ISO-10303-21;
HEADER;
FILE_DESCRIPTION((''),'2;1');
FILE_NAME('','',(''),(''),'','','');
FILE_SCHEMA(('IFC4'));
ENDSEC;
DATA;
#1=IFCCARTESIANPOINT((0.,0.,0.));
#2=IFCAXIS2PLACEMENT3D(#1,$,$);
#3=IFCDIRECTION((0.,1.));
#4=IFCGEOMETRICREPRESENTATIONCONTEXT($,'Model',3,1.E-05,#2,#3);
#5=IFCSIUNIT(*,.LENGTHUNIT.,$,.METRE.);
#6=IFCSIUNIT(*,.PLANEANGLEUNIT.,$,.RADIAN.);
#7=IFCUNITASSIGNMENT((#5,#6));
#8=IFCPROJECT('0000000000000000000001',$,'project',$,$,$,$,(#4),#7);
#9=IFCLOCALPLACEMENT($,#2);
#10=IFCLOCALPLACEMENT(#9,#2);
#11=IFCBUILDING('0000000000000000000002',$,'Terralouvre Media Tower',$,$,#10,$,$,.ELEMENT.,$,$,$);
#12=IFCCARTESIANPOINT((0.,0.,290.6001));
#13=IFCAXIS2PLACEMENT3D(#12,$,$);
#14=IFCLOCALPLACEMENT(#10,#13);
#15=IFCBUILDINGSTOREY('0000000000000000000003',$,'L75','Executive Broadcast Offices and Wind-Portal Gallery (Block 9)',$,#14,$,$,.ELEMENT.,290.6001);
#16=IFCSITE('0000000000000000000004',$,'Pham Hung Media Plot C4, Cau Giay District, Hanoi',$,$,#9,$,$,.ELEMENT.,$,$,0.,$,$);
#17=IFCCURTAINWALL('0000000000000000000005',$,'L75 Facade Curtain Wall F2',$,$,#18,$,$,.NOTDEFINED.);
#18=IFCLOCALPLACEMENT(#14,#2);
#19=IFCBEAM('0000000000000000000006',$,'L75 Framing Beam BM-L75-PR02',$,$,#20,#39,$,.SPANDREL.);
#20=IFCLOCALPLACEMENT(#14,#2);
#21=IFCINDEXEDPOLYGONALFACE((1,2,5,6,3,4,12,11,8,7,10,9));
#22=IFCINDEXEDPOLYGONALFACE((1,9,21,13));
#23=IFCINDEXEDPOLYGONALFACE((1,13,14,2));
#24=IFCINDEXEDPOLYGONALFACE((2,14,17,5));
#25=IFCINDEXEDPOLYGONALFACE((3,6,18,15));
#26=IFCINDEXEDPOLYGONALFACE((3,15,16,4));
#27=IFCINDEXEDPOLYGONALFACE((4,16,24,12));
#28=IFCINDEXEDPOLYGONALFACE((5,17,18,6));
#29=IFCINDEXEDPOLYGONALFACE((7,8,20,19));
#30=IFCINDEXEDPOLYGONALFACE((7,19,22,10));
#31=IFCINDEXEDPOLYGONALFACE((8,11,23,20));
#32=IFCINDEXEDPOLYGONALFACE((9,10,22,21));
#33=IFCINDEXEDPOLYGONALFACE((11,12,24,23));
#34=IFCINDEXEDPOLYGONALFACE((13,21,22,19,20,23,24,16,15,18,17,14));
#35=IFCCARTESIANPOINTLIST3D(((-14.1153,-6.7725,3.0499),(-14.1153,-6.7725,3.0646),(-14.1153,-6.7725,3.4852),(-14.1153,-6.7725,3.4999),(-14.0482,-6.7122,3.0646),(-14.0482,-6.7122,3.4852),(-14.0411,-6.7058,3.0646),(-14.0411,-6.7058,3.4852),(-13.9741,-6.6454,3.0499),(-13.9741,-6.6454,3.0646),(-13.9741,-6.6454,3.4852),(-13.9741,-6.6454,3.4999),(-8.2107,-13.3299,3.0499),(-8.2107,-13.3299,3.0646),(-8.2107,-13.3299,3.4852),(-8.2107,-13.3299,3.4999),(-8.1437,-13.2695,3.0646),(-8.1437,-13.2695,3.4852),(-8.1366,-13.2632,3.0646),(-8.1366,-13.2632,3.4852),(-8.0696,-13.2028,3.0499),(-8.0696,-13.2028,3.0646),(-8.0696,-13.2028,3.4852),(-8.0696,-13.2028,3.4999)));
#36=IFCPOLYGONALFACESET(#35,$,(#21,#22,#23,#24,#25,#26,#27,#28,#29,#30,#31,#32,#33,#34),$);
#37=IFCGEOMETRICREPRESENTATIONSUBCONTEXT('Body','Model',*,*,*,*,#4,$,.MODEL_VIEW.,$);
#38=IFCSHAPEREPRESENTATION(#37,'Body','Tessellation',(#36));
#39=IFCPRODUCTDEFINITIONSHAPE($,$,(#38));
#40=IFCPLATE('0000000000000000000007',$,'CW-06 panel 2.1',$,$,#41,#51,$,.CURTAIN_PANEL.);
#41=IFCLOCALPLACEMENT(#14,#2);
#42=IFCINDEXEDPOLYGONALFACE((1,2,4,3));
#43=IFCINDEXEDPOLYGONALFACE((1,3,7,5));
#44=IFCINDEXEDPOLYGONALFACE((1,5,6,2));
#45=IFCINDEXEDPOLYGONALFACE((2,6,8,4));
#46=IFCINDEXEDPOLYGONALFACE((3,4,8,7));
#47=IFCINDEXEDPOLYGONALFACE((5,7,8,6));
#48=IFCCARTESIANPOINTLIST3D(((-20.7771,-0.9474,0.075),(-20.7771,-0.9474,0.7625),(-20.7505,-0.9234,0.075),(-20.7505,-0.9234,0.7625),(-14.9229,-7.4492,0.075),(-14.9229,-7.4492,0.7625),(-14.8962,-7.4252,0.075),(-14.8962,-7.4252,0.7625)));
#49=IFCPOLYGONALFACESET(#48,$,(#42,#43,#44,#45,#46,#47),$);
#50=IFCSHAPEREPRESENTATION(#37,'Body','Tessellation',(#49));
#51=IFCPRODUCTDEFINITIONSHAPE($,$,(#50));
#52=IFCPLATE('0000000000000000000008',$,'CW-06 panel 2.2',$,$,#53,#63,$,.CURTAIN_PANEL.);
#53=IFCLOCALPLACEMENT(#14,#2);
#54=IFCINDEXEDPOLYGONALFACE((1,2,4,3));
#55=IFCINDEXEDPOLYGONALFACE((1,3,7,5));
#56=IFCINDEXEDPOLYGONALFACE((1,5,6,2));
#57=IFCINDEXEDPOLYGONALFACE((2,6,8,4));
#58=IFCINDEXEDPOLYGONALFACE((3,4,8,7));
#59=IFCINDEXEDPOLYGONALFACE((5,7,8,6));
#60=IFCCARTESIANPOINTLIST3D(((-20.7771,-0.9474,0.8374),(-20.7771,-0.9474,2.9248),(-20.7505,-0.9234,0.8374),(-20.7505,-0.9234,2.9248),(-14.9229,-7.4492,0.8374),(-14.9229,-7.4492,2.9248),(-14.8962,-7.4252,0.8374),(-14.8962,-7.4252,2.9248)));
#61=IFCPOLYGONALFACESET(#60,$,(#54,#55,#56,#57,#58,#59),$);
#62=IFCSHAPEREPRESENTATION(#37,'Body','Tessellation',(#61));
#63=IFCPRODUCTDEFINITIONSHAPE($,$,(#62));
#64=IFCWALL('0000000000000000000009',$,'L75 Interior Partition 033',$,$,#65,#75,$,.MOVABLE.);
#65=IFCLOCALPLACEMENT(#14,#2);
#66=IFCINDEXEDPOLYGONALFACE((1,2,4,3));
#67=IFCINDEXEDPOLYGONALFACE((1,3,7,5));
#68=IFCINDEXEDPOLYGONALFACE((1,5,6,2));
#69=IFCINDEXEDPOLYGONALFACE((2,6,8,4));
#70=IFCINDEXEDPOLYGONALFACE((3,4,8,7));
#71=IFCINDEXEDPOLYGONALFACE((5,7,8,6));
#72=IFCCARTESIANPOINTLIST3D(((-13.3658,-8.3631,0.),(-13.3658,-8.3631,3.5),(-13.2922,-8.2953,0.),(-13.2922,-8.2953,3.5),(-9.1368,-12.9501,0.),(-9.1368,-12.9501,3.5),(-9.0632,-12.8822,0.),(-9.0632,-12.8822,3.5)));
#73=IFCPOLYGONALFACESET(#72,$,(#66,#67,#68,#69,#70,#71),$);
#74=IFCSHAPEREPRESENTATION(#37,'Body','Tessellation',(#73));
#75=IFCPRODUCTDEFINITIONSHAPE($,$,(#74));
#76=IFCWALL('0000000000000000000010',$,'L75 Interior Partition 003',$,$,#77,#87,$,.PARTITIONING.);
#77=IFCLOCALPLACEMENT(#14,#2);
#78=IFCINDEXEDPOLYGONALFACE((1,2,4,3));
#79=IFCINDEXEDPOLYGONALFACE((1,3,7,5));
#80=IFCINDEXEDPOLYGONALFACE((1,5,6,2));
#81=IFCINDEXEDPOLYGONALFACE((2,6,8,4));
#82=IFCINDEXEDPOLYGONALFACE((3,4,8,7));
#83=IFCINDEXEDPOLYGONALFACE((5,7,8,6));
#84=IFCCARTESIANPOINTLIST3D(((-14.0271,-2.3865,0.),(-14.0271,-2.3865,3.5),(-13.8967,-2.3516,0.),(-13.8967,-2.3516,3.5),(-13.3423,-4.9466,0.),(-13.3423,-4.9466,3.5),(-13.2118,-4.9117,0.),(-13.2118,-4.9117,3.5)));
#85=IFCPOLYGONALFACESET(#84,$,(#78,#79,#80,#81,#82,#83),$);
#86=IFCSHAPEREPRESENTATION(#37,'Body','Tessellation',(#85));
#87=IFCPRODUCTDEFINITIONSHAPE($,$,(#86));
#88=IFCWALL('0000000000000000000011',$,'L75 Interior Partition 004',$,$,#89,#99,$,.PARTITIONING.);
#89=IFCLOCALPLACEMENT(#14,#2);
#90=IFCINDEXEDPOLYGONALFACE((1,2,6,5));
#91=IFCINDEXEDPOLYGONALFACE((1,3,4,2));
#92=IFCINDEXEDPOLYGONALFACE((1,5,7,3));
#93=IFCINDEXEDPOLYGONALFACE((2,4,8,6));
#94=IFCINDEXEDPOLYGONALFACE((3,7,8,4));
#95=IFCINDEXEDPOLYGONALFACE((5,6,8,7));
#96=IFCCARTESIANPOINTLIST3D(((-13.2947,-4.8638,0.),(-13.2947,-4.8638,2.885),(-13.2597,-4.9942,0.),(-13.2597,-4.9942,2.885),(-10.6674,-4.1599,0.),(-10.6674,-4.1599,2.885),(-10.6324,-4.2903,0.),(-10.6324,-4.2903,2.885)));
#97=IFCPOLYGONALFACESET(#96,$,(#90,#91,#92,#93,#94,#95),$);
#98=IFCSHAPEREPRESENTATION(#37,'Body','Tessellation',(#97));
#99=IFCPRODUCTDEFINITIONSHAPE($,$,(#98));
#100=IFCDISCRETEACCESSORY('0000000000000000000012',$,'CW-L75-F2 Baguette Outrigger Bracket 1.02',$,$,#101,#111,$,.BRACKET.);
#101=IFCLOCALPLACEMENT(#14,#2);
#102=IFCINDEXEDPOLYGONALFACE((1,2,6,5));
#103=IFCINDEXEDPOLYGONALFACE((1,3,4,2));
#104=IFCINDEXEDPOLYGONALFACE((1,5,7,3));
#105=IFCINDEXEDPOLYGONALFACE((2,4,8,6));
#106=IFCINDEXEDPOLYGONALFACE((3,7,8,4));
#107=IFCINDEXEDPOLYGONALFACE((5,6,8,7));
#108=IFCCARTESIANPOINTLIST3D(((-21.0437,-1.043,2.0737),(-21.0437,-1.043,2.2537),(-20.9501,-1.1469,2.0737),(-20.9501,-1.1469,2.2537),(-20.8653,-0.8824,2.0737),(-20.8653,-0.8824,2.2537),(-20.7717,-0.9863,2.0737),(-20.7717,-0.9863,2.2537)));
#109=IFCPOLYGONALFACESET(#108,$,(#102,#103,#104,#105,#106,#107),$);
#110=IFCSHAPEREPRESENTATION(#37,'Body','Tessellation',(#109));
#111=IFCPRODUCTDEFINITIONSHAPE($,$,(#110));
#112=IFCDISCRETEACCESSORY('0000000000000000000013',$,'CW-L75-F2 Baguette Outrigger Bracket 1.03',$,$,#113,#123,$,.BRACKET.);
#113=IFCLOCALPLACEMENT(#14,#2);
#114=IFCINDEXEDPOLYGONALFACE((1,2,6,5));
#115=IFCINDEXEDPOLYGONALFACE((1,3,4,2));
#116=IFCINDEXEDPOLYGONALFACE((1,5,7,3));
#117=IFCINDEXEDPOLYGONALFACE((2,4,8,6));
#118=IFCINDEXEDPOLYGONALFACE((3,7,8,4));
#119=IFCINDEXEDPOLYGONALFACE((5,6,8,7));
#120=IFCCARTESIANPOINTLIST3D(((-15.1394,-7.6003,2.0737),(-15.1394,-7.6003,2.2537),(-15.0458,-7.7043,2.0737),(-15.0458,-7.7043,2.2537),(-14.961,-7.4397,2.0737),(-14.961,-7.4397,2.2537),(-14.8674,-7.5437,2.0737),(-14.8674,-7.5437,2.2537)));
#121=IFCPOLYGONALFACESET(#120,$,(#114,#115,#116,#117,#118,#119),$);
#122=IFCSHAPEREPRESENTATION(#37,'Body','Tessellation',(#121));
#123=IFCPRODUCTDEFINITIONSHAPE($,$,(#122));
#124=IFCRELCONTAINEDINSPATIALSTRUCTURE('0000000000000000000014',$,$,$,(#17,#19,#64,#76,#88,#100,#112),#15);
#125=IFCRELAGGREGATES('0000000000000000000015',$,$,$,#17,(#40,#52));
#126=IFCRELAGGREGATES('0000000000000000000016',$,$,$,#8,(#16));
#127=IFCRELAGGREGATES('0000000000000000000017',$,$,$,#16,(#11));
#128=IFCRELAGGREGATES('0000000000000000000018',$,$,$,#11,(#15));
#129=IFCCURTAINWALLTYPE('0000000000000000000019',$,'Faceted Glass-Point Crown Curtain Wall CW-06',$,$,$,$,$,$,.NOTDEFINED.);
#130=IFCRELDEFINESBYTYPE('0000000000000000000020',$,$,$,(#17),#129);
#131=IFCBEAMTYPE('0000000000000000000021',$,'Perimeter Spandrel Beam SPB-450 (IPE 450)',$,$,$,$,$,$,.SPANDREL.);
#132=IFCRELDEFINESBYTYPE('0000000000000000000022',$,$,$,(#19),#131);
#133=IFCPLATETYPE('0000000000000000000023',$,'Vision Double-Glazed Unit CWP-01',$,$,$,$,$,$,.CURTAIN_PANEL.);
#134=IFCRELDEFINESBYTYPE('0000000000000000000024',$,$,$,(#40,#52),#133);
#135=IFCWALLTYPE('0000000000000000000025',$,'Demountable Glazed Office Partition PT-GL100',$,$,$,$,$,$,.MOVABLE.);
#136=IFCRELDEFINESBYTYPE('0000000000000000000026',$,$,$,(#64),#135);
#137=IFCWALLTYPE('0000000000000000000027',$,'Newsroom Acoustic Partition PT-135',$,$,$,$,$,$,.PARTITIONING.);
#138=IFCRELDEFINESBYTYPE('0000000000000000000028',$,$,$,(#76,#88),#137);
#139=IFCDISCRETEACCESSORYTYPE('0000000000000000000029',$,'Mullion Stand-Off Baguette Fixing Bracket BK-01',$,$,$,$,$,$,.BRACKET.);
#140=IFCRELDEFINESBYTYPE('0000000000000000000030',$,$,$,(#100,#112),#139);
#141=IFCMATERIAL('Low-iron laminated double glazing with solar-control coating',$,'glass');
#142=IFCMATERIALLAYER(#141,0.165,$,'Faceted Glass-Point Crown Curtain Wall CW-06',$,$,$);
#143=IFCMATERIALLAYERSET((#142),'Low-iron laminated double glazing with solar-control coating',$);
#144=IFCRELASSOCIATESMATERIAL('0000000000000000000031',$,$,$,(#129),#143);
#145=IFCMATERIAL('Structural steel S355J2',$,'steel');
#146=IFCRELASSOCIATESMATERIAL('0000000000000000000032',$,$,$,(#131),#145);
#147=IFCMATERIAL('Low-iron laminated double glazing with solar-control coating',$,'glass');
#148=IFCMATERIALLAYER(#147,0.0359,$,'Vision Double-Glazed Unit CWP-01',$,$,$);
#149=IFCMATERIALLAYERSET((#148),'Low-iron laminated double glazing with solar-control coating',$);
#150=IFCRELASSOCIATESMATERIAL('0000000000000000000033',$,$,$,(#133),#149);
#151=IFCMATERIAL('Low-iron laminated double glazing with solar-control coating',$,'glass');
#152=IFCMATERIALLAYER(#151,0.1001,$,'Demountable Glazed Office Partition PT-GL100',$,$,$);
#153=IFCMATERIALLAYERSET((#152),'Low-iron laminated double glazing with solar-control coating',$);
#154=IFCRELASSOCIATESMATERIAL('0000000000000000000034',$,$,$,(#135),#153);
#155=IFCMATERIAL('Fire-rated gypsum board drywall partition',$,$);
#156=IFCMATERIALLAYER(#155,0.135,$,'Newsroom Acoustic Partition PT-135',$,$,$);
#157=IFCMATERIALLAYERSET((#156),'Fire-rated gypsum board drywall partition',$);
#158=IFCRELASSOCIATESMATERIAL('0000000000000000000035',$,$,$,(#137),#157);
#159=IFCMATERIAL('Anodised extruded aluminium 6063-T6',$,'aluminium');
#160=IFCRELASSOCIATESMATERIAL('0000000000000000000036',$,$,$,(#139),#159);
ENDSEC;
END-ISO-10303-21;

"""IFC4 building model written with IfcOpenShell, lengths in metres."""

from ifc_helpers import new_model, si_unit, direction, frame, frame_2d, origin, origin_2d, place, context, subcontext, project, spatial, rectangle, i_section, extrude, material, layer, layer_set, material_profile, profile_set, type_object, element, aggregate, save


model = new_model("IFC4")

# Units and contexts
model_context = context("Model", 3, precision=1e-05, world=origin(), true_north=direction((0.0, 1.0)))
body_context = subcontext(model_context, "Body", "Model", "MODEL_VIEW")
ifc_project = project(units=[si_unit("LENGTHUNIT", "METRE"), si_unit("PLANEANGLEUNIT", "RADIAN")], contexts=[model_context])

# Site, building, storey
site_placement = place(None, origin())
site = spatial("IfcSite", under=ifc_project, at=site_placement, Name="Pham Hung Media Plot C4, Cau Giay District, Hanoi", CompositionType="ELEMENT", RefElevation=0.0)
building_placement = place(site_placement, origin())
building = spatial("IfcBuilding", under=site, at=building_placement, Name="Terralouvre Media Tower", CompositionType="ELEMENT")
storey_placement = place(building_placement, frame((0.0, 0.0, 290.6001)))
storey = spatial("IfcBuildingStorey", under=building, at=storey_placement, Name="L75", Description="Executive Broadcast Offices and Wind-Portal Gallery (Block 9)", CompositionType="ELEMENT", Elevation=290.6001)

# Curtain wall
ifc_material_1 = material(Name="Low-iron laminated double glazing with solar-control coating", Category="glass")
ifc_layer_1 = layer(ifc_material_1, 0.165, Name="Faceted Glass-Point Crown Curtain Wall CW-06")
ifc_layer_set_1 = layer_set([ifc_layer_1], Name="Low-iron laminated double glazing with solar-control coating")
curtain_wall_type = type_object("IfcCurtainWallType", Name="Faceted Glass-Point Crown Curtain Wall CW-06", PredefinedType="NOTDEFINED", material=ifc_layer_set_1)
curtain_wall_placement = place(storey_placement, origin())
curtain_wall = element("IfcCurtainWall", 1, at=curtain_wall_placement, inside=storey, type_object=curtain_wall_type, Name="L75 Facade Curtain Wall F2", PredefinedType="NOTDEFINED")

# Beam
ifc_material_2 = material(Name="Structural steel S355J2", Category="steel")
ifc_material_profile_1 = material_profile(ifc_material_2, i_section(OverallWidth=0.1899, OverallDepth=0.45, WebThickness=0.0095, FlangeThickness=0.0146, at=origin_2d()), Name="IPE 450")
ifc_profile_set_1 = profile_set([ifc_material_profile_1], Name="Structural steel S355J2")
beam_type = type_object("IfcBeamType", Name="Perimeter Spandrel Beam SPB-450 (IPE 450)", PredefinedType="SPANDREL", material=ifc_profile_set_1)
for number, where, z_axis, x_axis, name in (
    (2, (-14.0447, -6.709, 3.2749), (0.669147, -0.74313, 0.0), (0.74313, 0.669147, 0.0), "L75 Framing Beam BM-L75-PR02"),
):
    element("IfcBeam", number, at=place(storey_placement, frame(where, z_axis=z_axis, x_axis=x_axis)), inside=storey, type_object=beam_type, Name=name, PredefinedType="SPANDREL", context=body_context, shape_type="SweptSolid", body=[
        extrude(i_section(OverallWidth=0.1899, OverallDepth=0.45, WebThickness=0.0095, FlangeThickness=0.0146, at=origin_2d()), origin(), (0.0, 0.0, 1.0), 8.824),
    ])

# Plates
ifc_material_3 = material(Name="Low-iron laminated double glazing with solar-control coating", Category="glass")
ifc_layer_2 = layer(ifc_material_3, 0.0359, Name="Vision Double-Glazed Unit CWP-01")
ifc_layer_set_2 = layer_set([ifc_layer_2], Name="Low-iron laminated double glazing with solar-control coating")
plate_type = type_object("IfcPlateType", Name="Vision Double-Glazed Unit CWP-01", PredefinedType="CURTAIN_PANEL", material=ifc_layer_set_2)
plate_1_placement = place(storey_placement, frame((-17.8367, -4.1863, 0.075), z_axis=(0.0, 0.0, 1.0), x_axis=(0.669131, -0.743145, 0.0)))
plate_1 = element("IfcPlate", 3, at=plate_1_placement, type_object=plate_type, Name="CW-06 panel 2.1", PredefinedType="CURTAIN_PANEL", context=body_context, shape_type="SweptSolid", body=[
    extrude(rectangle(XDim=8.749, YDim=0.0359, at=origin_2d()), origin(), (0.0, 0.0, 1.0), 0.6875),
])
plate_2_placement = place(storey_placement, frame((-17.8367, -4.1863, 0.8374), z_axis=(0.0, 0.0, 1.0), x_axis=(0.669131, -0.743145, 0.0)))
plate_2 = element("IfcPlate", 4, at=plate_2_placement, type_object=plate_type, Name="CW-06 panel 2.2", PredefinedType="CURTAIN_PANEL", context=body_context, shape_type="SweptSolid", body=[
    extrude(rectangle(XDim=8.749, YDim=0.0359, at=origin_2d()), origin(), (0.0, 0.0, 1.0), 2.0874),
])
aggregate(curtain_wall, [plate_1, plate_2])

# Walls
ifc_material_4 = material(Name="Low-iron laminated double glazing with solar-control coating", Category="glass")
ifc_layer_3 = layer(ifc_material_4, 0.1001, Name="Demountable Glazed Office Partition PT-GL100")
ifc_layer_set_3 = layer_set([ifc_layer_3], Name="Low-iron laminated double glazing with solar-control coating")
wall_type_1 = type_object("IfcWallType", Name="Demountable Glazed Office Partition PT-GL100", PredefinedType="MOVABLE", material=ifc_layer_set_3)
wall_1_placement = place(storey_placement, frame((-13.3291, -8.3291, 0.0), z_axis=(0.0, 0.0, 1.0), x_axis=(0.677841, -0.735208, 0.0)))
element("IfcWall", 5, at=wall_1_placement, inside=storey, type_object=wall_type_1, Name="L75 Interior Partition 033", PredefinedType="MOVABLE", context=body_context, shape_type="SweptSolid", body=[
    extrude(rectangle(XDim=6.239, YDim=0.1001, at=frame_2d((3.1196, 0.0))), origin(), (0.0, 0.0, 1.0), 3.5),
])
ifc_material_5 = material(Name="Fire-rated gypsum board drywall partition")
ifc_layer_4 = layer(ifc_material_5, 0.135, Name="Newsroom Acoustic Partition PT-135")
ifc_layer_set_4 = layer_set([ifc_layer_4], Name="Fire-rated gypsum board drywall partition")
wall_type_2 = type_object("IfcWallType", Name="Newsroom Acoustic Partition PT-135", PredefinedType="PARTITIONING", material=ifc_layer_set_4)
wall_2_placement = place(storey_placement, frame((-13.9619, -2.3689, 0.0), z_axis=(0.0, 0.0, 1.0), x_axis=(0.258414, -0.966034, 0.0)))
element("IfcWall", 6, at=wall_2_placement, inside=storey, type_object=wall_type_2, Name="L75 Interior Partition 003", PredefinedType="PARTITIONING", context=body_context, shape_type="SweptSolid", body=[
    extrude(rectangle(XDim=2.6501, YDim=0.135, at=frame_2d((1.3252, 0.0))), origin(), (0.0, 0.0, 1.0), 3.5),
])
wall_3_placement = place(storey_placement, frame((-13.2771, -4.929, 0.0), z_axis=(0.0, 0.0, 1.0), x_axis=(0.965935, 0.258785, 0.0)))
element("IfcWall", 7, at=wall_3_placement, inside=storey, type_object=wall_type_2, Name="L75 Interior Partition 004", PredefinedType="PARTITIONING", context=body_context, shape_type="SweptSolid", body=[
    extrude(rectangle(XDim=2.72, YDim=0.135, at=frame_2d((1.3599, 0.0))), origin(), (0.0, 0.0, 1.0), 2.885),
])

# Discrete accessories
ifc_material_6 = material(Name="Anodised extruded aluminium 6063-T6", Category="aluminium")
discrete_accessory_type = type_object("IfcDiscreteAccessoryType", Name="Mullion Stand-Off Baguette Fixing Bracket BK-01", PredefinedType="BRACKET", material=ifc_material_6)
for number, where, z_axis, x_axis, name in (
    (8, (-20.9077, -1.0146, 2.0737), (0.0, 0.0, 1.0), (0.669131, -0.743145, 0.0), "CW-L75-F2 Baguette Outrigger Bracket 1.02"),
    (9, (-15.0034, -7.572, 2.0737), (0.0, 0.0, 1.0), (0.669131, -0.743145, 0.0), "CW-L75-F2 Baguette Outrigger Bracket 1.03"),
):
    element("IfcDiscreteAccessory", number, at=place(storey_placement, frame(where, z_axis=z_axis, x_axis=x_axis)), inside=storey, type_object=discrete_accessory_type, Name=name, PredefinedType="BRACKET", context=body_context, shape_type="SweptSolid", body=[
        extrude(rectangle(XDim=0.1399, YDim=0.24, at=origin_2d()), origin(), (0.0, 0.0, 1.0), 0.1799),
    ])

save(model, "model.ifc")
